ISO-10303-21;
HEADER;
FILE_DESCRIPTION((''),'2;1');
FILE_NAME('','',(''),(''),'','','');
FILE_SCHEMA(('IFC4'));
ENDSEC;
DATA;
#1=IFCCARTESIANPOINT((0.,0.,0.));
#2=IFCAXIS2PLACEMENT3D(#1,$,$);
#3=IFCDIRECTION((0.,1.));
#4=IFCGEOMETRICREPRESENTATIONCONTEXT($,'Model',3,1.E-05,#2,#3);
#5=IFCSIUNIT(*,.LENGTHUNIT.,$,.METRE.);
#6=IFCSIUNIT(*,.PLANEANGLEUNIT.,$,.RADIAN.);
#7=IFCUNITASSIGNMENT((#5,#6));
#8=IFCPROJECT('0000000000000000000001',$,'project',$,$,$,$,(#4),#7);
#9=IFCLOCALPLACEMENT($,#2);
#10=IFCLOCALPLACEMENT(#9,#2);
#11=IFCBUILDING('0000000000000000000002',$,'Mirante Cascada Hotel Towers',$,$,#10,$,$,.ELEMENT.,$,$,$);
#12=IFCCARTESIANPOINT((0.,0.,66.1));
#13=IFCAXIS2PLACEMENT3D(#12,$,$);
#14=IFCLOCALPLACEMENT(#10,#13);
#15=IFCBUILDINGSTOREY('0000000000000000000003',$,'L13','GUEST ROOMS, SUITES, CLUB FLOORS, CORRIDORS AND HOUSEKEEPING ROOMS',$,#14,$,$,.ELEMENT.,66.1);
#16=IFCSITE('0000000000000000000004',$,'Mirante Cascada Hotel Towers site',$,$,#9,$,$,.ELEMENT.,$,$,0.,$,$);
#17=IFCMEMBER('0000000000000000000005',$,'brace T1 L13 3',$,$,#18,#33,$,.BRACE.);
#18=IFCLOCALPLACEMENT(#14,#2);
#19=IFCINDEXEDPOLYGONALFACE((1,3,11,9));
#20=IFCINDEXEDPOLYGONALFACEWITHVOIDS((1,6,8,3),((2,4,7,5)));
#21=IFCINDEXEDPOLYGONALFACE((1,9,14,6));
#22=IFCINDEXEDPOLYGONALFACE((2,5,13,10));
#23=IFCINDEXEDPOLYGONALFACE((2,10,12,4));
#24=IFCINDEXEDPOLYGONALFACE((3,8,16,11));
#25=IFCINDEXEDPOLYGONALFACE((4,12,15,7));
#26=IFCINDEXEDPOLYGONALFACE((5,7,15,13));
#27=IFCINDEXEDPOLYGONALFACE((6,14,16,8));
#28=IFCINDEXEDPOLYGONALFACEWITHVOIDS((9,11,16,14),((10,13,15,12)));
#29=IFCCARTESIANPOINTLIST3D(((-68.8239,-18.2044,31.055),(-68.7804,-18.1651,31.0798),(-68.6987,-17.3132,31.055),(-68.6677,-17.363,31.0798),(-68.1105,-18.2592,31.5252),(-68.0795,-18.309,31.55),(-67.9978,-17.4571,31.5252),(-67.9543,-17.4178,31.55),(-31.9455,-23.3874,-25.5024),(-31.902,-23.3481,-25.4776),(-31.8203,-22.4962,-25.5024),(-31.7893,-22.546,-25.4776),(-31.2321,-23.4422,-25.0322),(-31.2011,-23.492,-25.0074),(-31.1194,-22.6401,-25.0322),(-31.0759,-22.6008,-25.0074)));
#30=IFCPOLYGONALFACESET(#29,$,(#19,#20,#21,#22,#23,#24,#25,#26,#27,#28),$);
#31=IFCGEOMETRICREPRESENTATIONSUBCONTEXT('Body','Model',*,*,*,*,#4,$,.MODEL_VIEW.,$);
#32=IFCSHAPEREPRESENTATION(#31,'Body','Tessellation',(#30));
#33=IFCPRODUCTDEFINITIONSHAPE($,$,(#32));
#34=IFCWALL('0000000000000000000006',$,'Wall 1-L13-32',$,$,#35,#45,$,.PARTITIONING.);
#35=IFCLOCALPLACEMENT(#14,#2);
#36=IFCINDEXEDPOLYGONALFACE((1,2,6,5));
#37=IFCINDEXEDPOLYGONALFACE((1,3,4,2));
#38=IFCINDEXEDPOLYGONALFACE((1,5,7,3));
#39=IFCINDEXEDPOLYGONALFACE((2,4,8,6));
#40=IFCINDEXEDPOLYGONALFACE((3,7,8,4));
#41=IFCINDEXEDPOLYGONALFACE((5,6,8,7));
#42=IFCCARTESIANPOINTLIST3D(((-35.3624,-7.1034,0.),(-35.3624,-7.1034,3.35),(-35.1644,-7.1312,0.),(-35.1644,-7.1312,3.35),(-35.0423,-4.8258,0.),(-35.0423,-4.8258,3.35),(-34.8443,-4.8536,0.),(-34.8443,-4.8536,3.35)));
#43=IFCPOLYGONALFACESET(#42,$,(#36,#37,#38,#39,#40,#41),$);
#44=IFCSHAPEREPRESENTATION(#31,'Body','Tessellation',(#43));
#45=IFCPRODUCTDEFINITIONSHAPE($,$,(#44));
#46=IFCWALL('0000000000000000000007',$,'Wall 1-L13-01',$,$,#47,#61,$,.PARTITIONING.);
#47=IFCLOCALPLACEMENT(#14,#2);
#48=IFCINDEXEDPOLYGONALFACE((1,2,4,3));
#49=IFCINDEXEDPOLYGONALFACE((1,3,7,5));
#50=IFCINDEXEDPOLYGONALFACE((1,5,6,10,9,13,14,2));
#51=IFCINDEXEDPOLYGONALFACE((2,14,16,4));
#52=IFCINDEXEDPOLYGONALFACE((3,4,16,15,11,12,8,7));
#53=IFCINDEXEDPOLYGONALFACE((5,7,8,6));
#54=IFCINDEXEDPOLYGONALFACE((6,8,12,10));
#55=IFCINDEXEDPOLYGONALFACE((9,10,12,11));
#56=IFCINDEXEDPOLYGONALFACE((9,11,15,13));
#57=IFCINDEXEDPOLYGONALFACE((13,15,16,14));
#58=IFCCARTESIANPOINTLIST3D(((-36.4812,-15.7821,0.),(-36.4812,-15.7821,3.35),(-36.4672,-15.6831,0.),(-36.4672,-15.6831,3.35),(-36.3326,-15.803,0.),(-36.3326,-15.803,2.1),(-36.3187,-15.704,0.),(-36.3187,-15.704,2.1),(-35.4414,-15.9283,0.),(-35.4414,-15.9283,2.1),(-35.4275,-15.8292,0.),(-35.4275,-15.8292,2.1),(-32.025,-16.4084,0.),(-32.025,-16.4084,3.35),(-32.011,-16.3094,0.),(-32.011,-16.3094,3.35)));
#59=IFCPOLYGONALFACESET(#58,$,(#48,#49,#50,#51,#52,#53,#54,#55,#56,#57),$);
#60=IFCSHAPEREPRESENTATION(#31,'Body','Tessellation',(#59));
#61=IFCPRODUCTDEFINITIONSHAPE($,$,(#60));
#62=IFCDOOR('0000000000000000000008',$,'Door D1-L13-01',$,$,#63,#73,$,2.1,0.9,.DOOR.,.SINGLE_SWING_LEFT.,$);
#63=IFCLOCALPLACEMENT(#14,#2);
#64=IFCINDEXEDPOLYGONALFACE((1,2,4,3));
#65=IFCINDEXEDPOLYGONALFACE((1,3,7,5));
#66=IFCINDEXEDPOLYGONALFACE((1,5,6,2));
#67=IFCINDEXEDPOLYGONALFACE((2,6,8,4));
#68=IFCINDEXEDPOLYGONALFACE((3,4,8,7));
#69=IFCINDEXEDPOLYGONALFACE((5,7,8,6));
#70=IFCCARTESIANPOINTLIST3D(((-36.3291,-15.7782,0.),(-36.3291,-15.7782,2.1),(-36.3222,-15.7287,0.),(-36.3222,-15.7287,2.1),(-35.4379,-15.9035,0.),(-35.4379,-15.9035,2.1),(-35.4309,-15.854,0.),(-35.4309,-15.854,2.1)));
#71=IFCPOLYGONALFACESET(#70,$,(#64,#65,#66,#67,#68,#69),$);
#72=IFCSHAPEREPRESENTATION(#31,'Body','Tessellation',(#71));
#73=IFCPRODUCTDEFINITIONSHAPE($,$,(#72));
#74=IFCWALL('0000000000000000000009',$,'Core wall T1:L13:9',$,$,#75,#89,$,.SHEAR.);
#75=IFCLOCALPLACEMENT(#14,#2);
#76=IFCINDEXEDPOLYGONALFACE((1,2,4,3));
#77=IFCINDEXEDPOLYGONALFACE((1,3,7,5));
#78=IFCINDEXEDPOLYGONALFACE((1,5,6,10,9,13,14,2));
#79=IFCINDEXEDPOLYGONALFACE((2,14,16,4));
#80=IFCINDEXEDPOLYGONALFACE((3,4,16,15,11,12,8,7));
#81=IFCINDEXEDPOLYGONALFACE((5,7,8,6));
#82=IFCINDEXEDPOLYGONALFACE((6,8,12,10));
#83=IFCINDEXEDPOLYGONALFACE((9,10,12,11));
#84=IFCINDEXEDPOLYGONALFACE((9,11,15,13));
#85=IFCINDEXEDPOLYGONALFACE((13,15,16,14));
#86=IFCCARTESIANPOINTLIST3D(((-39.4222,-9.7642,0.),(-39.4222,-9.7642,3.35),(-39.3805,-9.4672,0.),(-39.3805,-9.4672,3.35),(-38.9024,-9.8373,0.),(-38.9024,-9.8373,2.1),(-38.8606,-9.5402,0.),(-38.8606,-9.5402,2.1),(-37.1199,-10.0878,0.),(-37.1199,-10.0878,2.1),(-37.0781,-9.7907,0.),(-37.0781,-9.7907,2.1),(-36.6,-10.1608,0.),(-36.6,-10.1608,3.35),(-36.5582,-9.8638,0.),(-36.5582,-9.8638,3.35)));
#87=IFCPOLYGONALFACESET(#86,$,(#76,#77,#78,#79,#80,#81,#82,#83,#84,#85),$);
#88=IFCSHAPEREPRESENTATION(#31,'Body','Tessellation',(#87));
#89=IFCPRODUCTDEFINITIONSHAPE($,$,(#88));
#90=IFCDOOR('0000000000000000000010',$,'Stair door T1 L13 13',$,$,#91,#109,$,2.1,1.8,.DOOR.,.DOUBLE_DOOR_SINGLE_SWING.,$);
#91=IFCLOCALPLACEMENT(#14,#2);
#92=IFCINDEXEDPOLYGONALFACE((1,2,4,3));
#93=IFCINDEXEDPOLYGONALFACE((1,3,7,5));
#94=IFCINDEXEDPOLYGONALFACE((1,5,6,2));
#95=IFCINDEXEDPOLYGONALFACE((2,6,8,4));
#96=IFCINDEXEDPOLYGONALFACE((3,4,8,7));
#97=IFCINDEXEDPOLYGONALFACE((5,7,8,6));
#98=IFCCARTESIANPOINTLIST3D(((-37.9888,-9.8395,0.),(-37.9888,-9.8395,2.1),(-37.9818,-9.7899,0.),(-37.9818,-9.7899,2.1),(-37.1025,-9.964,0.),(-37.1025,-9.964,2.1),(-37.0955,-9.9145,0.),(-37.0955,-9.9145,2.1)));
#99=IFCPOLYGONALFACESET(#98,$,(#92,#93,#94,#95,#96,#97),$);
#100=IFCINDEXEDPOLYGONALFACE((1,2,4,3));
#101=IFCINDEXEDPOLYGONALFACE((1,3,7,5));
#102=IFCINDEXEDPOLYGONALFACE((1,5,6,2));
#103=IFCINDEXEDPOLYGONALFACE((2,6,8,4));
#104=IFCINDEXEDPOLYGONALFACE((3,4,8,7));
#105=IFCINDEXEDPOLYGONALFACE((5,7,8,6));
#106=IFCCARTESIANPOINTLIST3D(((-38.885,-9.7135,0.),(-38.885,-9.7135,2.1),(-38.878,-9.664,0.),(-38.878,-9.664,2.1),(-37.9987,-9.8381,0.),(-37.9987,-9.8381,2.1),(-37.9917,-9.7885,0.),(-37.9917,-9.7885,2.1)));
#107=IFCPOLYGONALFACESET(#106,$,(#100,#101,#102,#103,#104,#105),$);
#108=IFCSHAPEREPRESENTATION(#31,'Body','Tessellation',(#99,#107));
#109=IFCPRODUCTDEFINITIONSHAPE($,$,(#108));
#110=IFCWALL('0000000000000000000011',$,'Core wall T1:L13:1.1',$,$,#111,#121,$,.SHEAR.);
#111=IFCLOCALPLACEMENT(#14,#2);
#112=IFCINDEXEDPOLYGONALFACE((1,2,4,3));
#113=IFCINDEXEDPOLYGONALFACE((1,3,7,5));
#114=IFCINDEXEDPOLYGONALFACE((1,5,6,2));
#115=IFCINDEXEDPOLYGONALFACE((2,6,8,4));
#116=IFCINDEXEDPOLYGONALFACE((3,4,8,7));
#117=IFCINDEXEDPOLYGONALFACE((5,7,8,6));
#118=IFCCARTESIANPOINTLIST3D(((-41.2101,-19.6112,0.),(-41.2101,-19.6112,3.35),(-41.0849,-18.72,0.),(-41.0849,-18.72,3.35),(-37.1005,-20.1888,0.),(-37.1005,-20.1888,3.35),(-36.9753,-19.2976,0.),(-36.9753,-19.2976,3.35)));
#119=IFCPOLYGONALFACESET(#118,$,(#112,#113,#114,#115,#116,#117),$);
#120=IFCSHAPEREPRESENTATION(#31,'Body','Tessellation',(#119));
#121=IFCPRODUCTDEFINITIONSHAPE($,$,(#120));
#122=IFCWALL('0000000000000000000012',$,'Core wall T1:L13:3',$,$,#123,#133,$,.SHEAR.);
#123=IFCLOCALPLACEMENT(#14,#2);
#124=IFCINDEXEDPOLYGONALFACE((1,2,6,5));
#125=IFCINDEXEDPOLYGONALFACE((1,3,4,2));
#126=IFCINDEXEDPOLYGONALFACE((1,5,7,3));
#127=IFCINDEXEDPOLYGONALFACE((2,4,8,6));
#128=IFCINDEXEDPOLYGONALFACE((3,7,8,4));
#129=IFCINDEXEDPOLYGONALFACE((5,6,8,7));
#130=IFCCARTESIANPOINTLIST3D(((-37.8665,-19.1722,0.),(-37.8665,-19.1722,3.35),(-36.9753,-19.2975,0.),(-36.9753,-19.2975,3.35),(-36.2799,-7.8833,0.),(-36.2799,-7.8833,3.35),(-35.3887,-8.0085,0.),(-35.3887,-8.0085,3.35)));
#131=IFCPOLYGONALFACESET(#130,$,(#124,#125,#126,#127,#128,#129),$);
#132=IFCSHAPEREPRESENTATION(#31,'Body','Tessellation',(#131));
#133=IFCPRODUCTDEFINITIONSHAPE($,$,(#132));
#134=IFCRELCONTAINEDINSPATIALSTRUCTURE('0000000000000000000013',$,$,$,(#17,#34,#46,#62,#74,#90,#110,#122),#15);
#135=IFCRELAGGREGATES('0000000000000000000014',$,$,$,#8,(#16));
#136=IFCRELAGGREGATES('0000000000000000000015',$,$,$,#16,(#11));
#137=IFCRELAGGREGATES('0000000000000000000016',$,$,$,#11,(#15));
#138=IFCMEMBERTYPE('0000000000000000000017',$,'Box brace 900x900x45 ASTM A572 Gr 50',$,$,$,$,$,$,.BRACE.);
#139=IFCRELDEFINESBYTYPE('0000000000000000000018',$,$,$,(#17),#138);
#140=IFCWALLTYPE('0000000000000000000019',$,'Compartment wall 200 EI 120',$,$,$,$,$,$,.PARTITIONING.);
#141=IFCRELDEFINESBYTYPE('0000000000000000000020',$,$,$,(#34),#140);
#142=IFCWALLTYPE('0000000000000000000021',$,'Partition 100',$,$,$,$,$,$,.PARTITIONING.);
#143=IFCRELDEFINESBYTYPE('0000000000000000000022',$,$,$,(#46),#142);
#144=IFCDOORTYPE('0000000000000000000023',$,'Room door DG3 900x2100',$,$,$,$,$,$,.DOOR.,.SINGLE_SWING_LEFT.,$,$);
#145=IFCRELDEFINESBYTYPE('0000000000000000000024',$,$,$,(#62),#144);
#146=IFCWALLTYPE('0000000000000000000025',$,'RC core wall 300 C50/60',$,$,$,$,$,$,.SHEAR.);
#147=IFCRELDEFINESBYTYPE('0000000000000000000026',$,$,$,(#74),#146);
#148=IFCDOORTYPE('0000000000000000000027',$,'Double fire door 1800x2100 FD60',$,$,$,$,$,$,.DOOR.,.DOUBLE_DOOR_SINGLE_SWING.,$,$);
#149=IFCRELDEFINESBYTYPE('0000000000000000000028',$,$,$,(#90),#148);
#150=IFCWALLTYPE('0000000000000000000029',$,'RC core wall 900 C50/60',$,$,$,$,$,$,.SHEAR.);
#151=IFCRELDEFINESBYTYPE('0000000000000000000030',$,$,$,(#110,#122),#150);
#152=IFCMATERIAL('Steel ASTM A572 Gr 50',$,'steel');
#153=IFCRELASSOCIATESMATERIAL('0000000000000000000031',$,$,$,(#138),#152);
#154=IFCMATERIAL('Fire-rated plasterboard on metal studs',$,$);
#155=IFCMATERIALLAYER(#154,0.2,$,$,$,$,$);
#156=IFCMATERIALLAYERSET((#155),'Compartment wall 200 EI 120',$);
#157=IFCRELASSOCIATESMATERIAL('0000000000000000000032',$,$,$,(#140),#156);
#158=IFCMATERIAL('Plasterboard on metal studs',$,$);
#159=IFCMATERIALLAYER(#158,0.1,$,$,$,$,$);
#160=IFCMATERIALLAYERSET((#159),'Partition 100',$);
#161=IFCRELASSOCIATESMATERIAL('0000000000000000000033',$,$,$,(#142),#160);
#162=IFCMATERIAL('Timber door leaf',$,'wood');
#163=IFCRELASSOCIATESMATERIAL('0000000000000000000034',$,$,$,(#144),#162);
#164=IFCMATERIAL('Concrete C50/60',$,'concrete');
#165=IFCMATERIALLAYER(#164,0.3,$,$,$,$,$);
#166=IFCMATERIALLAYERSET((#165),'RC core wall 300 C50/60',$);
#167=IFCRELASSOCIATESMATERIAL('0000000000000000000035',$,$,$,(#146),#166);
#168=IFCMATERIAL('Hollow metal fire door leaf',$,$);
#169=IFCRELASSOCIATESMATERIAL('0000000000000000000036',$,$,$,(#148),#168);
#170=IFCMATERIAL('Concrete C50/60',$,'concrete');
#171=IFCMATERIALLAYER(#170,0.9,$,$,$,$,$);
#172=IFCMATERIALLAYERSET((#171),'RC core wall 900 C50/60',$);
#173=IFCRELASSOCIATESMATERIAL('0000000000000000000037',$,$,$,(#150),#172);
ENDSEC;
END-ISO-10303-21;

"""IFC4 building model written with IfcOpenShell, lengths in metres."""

from ifc_helpers import new_model, si_unit, direction, frame, frame_2d, origin, origin_2d, place, context, subcontext, project, spatial, rectangle, hollow_rectangle, extrude, material, layer, layer_set, material_profile, profile_set, type_object, element, fill, save


model = new_model("IFC4")

# Units and contexts
model_context = context("Model", 3, precision=1e-05, world=origin(), true_north=direction((0.0, 1.0)))
body_context = subcontext(model_context, "Body", "Model", "MODEL_VIEW")
ifc_project = project(units=[si_unit("LENGTHUNIT", "METRE"), si_unit("PLANEANGLEUNIT", "RADIAN")], contexts=[model_context])

# Site, building, storey
site_placement = place(None, origin())
site = spatial("IfcSite", under=ifc_project, at=site_placement, Name="Mirante Cascada Hotel Towers site", CompositionType="ELEMENT", RefElevation=0.0)
building_placement = place(site_placement, origin())
building = spatial("IfcBuilding", under=site, at=building_placement, Name="Mirante Cascada Hotel Towers", CompositionType="ELEMENT")
storey_placement = place(building_placement, frame((0.0, 0.0, 66.1)))
storey = spatial("IfcBuildingStorey", under=building, at=storey_placement, Name="L13", Description="GUEST ROOMS, SUITES, CLUB FLOORS, CORRIDORS AND HOUSEKEEPING ROOMS", CompositionType="ELEMENT", Elevation=66.1)

# Member
ifc_material_1 = material(Name="Steel ASTM A572 Gr 50", Category="steel")
ifc_material_profile = material_profile(ifc_material_1, hollow_rectangle(XDim=0.9, YDim=0.9, WallThickness=0.045, at=origin_2d()), Name="Box brace 900x900x45 ASTM A572 Gr 50")
ifc_profile_set = profile_set([ifc_material_profile], Name="Steel ASTM A572 Gr 50")
member_type = type_object("IfcMemberType", Name="Box brace 900x900x45 ASTM A572 Gr 50", PredefinedType="BRACE", material=ifc_profile_set)
member_placement = place(storey_placement, frame((-31.5107, -22.9941, -25.2549), z_axis=(-0.544594, 0.076539, 0.8352), x_axis=(-0.139175, -0.990268, 0.0)))
element("IfcMember", 1, at=member_placement, inside=storey, type_object=member_type, Name="brace T1 L13 3", PredefinedType="BRACE", context=body_context, shape_type="SweptSolid", body=[
    extrude(hollow_rectangle(XDim=0.9, YDim=0.9, WallThickness=0.045, at=origin_2d()), origin(), (0.0, 0.0, 1.0), 67.7172),
])

# Wall
ifc_material_2 = material(Name="Fire-rated plasterboard on metal studs")
ifc_layer_1 = layer(ifc_material_2, 0.2)
ifc_layer_set_1 = layer_set([ifc_layer_1], Name="Compartment wall 200 EI 120")
wall_type_1 = type_object("IfcWallType", Name="Compartment wall 200 EI 120", PredefinedType="PARTITIONING", material=ifc_layer_set_1)
wall_1_placement = place(storey_placement, frame((-35.2634, -7.1173, 0.0), z_axis=(0.0, 0.0, 1.0), x_axis=(0.139175, 0.990268, 0.0)))
element("IfcWall", 2, at=wall_1_placement, inside=storey, type_object=wall_type_1, Name="Wall 1-L13-32", PredefinedType="PARTITIONING", context=body_context, shape_type="SweptSolid", body=[
    extrude(rectangle(XDim=2.3, YDim=0.2, at=frame_2d((1.15, 0.0))), origin(), (0.0, 0.0, 1.0), 3.35),
])

# Walls, openings, doors
ifc_material_3 = material(Name="Plasterboard on metal studs")
ifc_layer_2 = layer(ifc_material_3, 0.1)
ifc_layer_set_2 = layer_set([ifc_layer_2], Name="Partition 100")
wall_type_2 = type_object("IfcWallType", Name="Partition 100", PredefinedType="PARTITIONING", material=ifc_layer_set_2)
wall_2_placement = place(storey_placement, frame((-36.4742, -15.7326, 0.0), z_axis=(0.0, 0.0, 1.0), x_axis=(0.990267, -0.139178, 0.0)))
wall_2 = element("IfcWall", 3, at=wall_2_placement, inside=storey, type_object=wall_type_2, Name="Wall 1-L13-01", PredefinedType="PARTITIONING", context=body_context, shape_type="SweptSolid", body=[
    extrude(rectangle(XDim=4.5, YDim=0.1, at=frame_2d((2.25, 0.0))), origin(), (0.0, 0.0, 1.0), 3.35),
])
opening_1_placement = place(wall_2_placement, frame((0.15, 0.0, 0.0)))
opening_1 = element("IfcOpeningElement", 4, at=opening_1_placement, cuts=wall_2, PredefinedType="OPENING", context=body_context, shape_type="SweptSolid", body=[
    extrude(rectangle(XDim=0.9, YDim=2.1, at=frame_2d((0.45, 1.05))), frame((0.0, 0.05, 0.0), z_axis=(0.0, -1.0, 0.0), x_axis=(1.0, 0.0, 0.0)), (0.0, 0.0, 1.0), 0.1),
])
ifc_material_4 = material(Name="Timber door leaf", Category="wood")
door_type_1 = type_object("IfcDoorType", Name="Room door DG3 900x2100", OperationType="SINGLE_SWING_LEFT", PredefinedType="DOOR", material=ifc_material_4)
door_1_placement = place(opening_1_placement, origin())
door_1 = element("IfcDoor", 5, at=door_1_placement, inside=storey, type_object=door_type_1, Name="Door D1-L13-01", OperationType="SINGLE_SWING_LEFT", OverallHeight=2.1, OverallWidth=0.9, PredefinedType="DOOR", context=body_context, shape_type="SweptSolid", body=[
    extrude(rectangle(XDim=0.9, YDim=2.1, at=frame_2d((0.45, 1.05))), frame((0.0, 0.025, 0.0), z_axis=(0.0, -1.0, 0.0), x_axis=(1.0, 0.0, 0.0)), (0.0, 0.0, 1.0), 0.05),
])
fill(opening_1, door_1)
ifc_material_5 = material(Name="Concrete C50/60", Category="concrete")
ifc_layer_3 = layer(ifc_material_5, 0.3)
ifc_layer_set_3 = layer_set([ifc_layer_3], Name="RC core wall 300 C50/60")
wall_type_3 = type_object("IfcWallType", Name="RC core wall 300 C50/60", PredefinedType="SHEAR", material=ifc_layer_set_3)
wall_3_placement = place(storey_placement, frame((-36.5791, -10.0123, 0.0), z_axis=(0.0, 0.0, 1.0), x_axis=(-0.99027, 0.139156, 0.0)))
wall_3 = element("IfcWall", 6, at=wall_3_placement, inside=storey, type_object=wall_type_3, Name="Core wall T1:L13:9", PredefinedType="SHEAR", context=body_context, shape_type="SweptSolid", body=[
    extrude(rectangle(XDim=2.85, YDim=0.3, at=frame_2d((1.425, 0.0))), origin(), (0.0, 0.0, 1.0), 3.35),
])
opening_2_placement = place(wall_3_placement, frame((0.525, 0.0, 0.0)))
opening_2 = element("IfcOpeningElement", 7, at=opening_2_placement, cuts=wall_3, PredefinedType="OPENING", context=body_context, shape_type="SweptSolid", body=[
    extrude(rectangle(XDim=1.8, YDim=2.1, at=frame_2d((0.9, 1.05))), frame((0.0, 0.15, 0.0), z_axis=(0.0, -1.0, 0.0), x_axis=(1.0, 0.0, 0.0)), (0.0, 0.0, 1.0), 0.3),
])
ifc_material_6 = material(Name="Hollow metal fire door leaf")
door_type_2 = type_object("IfcDoorType", Name="Double fire door 1800x2100 FD60", OperationType="DOUBLE_DOOR_SINGLE_SWING", PredefinedType="DOOR", material=ifc_material_6)
door_2_placement = place(opening_2_placement, origin())
door_2 = element("IfcDoor", 8, at=door_2_placement, inside=storey, type_object=door_type_2, Name="Stair door T1 L13 13", OperationType="DOUBLE_DOOR_SINGLE_SWING", OverallHeight=2.1, OverallWidth=1.8, PredefinedType="DOOR", context=body_context, shape_type="SweptSolid", body=[
    extrude(rectangle(XDim=0.895, YDim=2.1, at=frame_2d((0.4475, 1.05))), frame((0.0, 0.025, 0.0), z_axis=(0.0, -1.0, 0.0), x_axis=(1.0, 0.0, 0.0)), (0.0, 0.0, 1.0), 0.05),
    extrude(rectangle(XDim=0.895, YDim=2.1, at=frame_2d((1.3525, 1.05))), frame((0.0, 0.025, 0.0), z_axis=(0.0, -1.0, 0.0), x_axis=(1.0, 0.0, 0.0)), (0.0, 0.0, 1.0), 0.05),
])
fill(opening_2, door_2)

# Wall
ifc_material_7 = material(Name="Concrete C50/60", Category="concrete")
ifc_layer_4 = layer(ifc_material_7, 0.9)
ifc_layer_set_4 = layer_set([ifc_layer_4], Name="RC core wall 900 C50/60")
wall_type_4 = type_object("IfcWallType", Name="RC core wall 900 C50/60", PredefinedType="SHEAR", material=ifc_layer_set_4)
wall_4_placement = place(storey_placement, frame((-37.0379, -19.7432, 0.0), z_axis=(0.0, 0.0, 1.0), x_axis=(-0.990267, 0.139181, 0.0)))
element("IfcWall", 9, at=wall_4_placement, inside=storey, type_object=wall_type_4, Name="Core wall T1:L13:1.1", PredefinedType="SHEAR", context=body_context, shape_type="SweptSolid", body=[
    extrude(rectangle(XDim=4.15, YDim=0.9, at=frame_2d((2.075, 0.0))), origin(), (0.0, 0.0, 1.0), 3.35),
])

# Wall
wall_5_placement = place(storey_placement, frame((-37.4209, -19.2349, 0.0), z_axis=(0.0, 0.0, 1.0), x_axis=(0.139176, 0.990268, 0.0)))
element("IfcWall", 10, at=wall_5_placement, inside=storey, type_object=wall_type_4, Name="Core wall T1:L13:3", PredefinedType="SHEAR", context=body_context, shape_type="SweptSolid", body=[
    extrude(rectangle(XDim=11.3999, YDim=0.9, at=frame_2d((5.7, 0.0))), origin(), (0.0, 0.0, 1.0), 3.35),
])

save(model, "model.ifc")
